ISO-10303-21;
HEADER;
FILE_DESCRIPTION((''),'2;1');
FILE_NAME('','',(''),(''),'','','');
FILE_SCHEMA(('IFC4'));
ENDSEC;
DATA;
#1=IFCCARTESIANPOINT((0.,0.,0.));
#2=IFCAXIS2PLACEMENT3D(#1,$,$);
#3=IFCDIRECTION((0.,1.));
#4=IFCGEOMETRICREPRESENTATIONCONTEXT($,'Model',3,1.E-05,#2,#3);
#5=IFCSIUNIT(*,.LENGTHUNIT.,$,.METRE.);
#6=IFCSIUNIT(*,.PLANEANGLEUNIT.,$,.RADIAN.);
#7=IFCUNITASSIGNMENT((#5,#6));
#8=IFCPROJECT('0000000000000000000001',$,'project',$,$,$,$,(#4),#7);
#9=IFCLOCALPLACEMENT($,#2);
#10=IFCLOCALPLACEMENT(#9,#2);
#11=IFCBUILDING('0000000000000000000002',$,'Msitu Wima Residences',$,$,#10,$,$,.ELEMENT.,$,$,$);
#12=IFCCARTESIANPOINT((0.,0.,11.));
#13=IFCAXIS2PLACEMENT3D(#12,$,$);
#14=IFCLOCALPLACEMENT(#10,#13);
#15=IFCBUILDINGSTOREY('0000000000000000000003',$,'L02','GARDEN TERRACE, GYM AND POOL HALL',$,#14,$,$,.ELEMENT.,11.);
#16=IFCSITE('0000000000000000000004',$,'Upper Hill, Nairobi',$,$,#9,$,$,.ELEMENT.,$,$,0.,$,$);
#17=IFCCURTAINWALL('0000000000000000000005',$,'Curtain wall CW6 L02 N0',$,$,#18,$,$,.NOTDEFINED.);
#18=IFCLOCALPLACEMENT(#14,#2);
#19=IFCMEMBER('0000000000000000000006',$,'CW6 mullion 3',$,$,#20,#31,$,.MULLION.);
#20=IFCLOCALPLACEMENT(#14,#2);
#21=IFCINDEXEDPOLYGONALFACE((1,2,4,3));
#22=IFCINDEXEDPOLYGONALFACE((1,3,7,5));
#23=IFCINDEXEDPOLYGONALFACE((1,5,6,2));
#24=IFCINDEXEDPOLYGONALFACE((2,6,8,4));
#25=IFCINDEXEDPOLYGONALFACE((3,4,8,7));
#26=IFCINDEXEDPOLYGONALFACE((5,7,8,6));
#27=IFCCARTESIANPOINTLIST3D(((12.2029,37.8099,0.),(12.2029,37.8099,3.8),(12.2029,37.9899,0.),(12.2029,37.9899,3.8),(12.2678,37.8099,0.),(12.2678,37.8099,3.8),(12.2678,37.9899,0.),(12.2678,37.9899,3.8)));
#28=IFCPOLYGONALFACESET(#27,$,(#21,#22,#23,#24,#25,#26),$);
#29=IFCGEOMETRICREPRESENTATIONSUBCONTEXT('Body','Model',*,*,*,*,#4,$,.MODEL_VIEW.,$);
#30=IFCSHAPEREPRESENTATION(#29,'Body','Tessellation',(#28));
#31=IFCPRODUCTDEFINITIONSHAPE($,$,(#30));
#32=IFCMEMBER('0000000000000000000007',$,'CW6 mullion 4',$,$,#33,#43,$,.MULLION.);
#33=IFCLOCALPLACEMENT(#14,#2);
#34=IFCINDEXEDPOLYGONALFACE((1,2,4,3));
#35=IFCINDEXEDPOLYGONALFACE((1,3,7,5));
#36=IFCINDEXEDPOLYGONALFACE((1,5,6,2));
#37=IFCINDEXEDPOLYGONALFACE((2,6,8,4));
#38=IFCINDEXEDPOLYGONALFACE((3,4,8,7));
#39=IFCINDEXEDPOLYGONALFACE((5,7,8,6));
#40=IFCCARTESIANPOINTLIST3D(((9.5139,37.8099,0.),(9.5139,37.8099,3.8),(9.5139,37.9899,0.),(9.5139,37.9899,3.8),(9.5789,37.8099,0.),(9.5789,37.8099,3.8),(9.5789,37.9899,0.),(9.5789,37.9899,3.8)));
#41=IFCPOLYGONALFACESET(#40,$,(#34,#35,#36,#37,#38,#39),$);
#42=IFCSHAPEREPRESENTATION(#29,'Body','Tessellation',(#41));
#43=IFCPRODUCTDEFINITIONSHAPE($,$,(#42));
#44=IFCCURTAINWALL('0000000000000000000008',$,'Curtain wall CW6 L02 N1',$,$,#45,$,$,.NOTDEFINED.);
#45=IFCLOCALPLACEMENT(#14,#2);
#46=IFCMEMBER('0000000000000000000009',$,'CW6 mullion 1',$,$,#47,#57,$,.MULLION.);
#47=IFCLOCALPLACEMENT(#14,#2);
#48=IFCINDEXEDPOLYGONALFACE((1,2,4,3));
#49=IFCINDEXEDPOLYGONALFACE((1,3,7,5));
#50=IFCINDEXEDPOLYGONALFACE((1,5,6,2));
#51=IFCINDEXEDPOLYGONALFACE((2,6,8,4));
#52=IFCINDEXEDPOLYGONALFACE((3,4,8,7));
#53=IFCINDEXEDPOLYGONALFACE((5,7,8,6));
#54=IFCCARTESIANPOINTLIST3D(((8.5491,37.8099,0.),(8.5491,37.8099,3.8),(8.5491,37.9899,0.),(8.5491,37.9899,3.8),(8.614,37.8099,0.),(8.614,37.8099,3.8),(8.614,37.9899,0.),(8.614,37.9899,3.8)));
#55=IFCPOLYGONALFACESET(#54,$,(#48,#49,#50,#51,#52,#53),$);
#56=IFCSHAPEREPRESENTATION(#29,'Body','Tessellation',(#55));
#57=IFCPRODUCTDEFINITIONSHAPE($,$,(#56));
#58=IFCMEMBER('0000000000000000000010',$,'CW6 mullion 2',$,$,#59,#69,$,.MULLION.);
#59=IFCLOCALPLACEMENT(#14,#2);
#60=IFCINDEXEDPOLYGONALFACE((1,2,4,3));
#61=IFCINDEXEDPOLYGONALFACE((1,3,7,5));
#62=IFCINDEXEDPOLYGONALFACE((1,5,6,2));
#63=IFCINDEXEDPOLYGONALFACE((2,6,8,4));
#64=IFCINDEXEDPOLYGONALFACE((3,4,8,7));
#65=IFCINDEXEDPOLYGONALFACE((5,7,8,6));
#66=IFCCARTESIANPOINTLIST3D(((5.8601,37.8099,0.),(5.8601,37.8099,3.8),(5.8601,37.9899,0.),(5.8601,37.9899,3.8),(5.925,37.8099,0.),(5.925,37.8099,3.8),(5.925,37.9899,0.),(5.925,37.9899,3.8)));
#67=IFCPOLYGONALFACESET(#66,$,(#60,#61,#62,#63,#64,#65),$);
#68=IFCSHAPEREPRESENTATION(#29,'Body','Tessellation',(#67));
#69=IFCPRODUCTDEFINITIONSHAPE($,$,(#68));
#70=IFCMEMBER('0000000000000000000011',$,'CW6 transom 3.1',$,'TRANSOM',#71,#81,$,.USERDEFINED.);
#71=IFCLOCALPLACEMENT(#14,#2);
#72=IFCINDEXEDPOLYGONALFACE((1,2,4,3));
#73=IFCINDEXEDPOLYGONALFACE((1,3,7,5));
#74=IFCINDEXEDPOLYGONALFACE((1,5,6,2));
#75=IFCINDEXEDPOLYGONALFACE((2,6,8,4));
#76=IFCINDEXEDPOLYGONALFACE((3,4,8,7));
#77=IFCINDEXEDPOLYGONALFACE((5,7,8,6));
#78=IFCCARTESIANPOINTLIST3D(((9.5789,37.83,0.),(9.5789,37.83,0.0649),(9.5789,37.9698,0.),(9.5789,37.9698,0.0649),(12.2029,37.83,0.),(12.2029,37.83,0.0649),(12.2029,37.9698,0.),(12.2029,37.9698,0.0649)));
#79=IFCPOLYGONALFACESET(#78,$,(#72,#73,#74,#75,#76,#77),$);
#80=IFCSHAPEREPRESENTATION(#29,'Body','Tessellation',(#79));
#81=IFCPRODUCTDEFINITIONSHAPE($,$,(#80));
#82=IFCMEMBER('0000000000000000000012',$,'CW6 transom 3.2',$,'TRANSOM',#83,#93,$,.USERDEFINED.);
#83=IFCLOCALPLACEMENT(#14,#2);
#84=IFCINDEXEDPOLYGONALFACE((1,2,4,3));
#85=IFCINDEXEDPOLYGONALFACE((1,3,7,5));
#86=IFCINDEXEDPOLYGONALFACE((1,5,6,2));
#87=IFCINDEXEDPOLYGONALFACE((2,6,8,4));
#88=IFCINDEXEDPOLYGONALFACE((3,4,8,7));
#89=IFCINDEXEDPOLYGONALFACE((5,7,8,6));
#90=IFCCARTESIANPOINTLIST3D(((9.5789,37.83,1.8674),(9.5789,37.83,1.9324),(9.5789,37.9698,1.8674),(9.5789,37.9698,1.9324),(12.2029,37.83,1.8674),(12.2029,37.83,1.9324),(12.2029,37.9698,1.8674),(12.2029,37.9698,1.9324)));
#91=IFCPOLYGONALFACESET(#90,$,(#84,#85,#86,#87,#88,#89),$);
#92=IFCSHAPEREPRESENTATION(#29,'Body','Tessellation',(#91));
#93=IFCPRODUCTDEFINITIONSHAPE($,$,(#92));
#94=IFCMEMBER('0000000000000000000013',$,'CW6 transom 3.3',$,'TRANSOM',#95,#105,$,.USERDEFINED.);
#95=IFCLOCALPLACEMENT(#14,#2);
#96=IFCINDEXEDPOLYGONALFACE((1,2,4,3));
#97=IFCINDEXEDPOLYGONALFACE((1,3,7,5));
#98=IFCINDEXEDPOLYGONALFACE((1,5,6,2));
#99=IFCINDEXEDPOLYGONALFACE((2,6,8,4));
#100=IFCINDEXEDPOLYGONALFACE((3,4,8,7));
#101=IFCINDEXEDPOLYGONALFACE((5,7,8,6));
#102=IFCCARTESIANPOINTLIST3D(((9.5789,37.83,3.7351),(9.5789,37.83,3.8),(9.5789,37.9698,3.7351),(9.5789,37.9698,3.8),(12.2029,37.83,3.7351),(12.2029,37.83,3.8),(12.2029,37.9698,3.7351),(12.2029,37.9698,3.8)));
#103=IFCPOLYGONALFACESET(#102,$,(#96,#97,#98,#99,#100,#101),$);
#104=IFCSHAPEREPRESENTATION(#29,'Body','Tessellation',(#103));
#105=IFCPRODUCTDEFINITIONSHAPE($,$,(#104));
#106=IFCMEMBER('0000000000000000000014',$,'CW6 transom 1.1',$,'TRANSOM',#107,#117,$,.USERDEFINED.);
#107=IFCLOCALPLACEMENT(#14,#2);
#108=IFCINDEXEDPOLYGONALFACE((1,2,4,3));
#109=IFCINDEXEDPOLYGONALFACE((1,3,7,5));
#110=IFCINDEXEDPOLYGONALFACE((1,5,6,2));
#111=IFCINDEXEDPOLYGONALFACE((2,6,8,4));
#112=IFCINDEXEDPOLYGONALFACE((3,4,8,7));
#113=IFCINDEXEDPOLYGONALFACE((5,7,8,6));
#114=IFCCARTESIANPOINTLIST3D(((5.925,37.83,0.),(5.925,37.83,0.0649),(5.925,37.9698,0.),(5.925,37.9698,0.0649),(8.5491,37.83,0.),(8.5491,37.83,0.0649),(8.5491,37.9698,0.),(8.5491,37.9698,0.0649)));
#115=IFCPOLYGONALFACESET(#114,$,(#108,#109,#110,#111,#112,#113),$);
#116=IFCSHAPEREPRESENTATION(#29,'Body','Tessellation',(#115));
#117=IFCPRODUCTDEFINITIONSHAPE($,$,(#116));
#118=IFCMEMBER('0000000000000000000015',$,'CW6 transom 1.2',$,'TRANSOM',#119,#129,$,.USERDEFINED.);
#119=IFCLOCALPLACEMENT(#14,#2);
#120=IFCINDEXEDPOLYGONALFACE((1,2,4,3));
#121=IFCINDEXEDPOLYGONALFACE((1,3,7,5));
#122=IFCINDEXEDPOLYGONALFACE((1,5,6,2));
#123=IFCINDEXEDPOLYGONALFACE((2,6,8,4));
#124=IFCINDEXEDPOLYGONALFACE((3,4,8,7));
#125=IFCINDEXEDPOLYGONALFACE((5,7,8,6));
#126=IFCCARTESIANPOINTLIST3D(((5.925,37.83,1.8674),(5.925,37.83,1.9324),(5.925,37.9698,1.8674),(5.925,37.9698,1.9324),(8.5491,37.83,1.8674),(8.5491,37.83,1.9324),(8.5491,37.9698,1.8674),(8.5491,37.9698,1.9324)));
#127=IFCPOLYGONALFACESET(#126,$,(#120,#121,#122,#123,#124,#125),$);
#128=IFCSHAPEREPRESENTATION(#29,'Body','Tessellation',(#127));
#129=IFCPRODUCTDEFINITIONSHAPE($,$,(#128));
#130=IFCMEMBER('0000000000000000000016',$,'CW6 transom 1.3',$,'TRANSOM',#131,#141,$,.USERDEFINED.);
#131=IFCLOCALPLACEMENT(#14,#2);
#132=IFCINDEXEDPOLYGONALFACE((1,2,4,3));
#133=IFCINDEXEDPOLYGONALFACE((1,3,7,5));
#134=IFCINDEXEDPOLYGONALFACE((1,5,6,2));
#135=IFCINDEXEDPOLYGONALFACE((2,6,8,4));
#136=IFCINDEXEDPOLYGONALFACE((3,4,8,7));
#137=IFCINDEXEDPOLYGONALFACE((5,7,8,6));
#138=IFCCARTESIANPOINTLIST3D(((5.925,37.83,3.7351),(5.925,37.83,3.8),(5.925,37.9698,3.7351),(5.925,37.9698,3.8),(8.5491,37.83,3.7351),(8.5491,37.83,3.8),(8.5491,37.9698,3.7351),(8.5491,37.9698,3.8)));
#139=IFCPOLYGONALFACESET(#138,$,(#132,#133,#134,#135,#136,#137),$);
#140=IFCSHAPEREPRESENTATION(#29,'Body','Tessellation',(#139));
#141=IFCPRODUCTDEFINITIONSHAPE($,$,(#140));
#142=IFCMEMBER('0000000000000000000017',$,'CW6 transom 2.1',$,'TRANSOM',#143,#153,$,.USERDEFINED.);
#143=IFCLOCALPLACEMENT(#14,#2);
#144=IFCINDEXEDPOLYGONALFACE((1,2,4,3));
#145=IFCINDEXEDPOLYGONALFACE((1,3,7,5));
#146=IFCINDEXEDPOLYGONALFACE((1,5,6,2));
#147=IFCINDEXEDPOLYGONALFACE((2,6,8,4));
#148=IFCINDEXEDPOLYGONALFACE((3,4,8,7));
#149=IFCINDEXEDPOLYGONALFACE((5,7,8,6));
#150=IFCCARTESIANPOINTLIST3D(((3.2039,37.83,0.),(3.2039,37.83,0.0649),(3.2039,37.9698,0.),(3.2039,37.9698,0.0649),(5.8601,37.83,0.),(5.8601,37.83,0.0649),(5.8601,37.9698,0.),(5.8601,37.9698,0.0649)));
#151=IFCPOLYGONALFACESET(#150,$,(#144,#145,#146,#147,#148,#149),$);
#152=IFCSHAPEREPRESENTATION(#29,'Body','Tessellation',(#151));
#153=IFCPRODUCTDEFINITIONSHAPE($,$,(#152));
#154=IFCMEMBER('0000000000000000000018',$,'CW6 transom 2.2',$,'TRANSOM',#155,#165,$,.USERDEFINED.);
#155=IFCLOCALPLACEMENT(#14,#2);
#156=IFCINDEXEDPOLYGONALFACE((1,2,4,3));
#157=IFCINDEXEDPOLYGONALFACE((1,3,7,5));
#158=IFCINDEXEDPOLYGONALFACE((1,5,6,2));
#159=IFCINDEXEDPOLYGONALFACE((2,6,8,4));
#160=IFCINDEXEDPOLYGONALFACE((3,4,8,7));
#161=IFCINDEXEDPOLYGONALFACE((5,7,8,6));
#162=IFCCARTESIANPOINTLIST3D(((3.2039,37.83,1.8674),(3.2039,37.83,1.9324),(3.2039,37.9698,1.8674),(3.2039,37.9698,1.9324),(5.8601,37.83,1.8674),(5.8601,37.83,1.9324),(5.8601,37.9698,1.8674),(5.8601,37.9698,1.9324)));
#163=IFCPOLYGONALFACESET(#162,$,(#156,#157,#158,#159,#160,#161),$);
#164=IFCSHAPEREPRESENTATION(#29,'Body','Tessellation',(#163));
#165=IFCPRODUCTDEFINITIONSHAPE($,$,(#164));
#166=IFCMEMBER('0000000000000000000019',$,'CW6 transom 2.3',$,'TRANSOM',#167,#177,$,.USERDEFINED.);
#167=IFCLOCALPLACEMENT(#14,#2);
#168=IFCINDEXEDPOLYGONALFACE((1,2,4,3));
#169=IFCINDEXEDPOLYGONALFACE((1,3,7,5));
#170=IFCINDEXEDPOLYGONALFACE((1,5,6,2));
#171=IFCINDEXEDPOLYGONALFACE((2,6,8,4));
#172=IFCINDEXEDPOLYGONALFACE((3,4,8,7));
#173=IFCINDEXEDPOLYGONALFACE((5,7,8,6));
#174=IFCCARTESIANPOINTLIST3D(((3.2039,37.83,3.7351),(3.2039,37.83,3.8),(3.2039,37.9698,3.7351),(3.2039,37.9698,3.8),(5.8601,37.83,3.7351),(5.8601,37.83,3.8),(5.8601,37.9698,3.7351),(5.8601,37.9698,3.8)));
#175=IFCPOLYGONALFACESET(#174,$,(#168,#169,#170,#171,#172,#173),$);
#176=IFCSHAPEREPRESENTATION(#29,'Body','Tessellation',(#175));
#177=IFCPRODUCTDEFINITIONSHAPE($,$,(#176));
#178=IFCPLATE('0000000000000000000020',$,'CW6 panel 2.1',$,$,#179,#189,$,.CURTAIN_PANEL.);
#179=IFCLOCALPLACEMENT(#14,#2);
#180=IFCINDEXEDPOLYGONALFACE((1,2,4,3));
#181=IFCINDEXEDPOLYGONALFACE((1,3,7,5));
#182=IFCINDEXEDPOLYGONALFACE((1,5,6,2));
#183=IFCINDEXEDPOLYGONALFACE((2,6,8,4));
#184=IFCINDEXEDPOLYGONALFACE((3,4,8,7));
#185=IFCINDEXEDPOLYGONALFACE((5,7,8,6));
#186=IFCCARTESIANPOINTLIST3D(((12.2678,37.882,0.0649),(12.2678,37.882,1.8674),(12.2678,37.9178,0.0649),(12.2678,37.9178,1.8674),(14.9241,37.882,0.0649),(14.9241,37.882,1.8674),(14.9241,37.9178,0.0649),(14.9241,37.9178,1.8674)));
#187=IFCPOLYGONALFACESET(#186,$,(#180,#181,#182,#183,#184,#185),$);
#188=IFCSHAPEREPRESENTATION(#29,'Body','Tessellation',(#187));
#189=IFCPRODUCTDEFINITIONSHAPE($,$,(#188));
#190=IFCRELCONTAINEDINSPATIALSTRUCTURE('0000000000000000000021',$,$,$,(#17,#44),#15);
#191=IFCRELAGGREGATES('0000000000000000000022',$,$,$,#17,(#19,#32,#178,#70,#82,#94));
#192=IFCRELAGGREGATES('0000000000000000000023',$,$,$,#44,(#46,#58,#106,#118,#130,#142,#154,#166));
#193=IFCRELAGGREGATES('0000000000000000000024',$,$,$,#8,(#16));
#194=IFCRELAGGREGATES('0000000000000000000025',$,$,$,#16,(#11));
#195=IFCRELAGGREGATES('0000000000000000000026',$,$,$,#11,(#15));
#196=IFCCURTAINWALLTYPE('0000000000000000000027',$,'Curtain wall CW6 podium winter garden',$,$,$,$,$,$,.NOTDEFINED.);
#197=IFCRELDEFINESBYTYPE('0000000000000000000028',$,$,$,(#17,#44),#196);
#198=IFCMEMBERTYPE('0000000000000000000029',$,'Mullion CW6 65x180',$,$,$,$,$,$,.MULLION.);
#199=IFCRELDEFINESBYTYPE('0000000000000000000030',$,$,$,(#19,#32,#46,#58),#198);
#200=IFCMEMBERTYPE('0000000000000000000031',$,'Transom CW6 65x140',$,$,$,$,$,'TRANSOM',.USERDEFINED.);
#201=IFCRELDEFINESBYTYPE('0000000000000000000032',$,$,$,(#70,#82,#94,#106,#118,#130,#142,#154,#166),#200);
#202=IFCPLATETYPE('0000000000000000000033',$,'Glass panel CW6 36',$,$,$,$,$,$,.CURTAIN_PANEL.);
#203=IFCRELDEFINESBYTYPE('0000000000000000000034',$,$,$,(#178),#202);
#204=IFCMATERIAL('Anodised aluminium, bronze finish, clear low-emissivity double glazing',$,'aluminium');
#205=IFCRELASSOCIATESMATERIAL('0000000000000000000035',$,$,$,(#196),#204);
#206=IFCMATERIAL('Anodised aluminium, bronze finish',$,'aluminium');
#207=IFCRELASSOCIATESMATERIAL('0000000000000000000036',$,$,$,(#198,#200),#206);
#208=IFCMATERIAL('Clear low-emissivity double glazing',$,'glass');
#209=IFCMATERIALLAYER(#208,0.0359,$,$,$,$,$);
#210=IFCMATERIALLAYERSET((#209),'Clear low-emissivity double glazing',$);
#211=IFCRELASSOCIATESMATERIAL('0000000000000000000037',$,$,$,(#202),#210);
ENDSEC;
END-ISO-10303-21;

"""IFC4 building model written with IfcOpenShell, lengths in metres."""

from ifc_helpers import new_model, si_unit, direction, frame, origin, origin_2d, place, context, subcontext, project, spatial, rectangle, extrude, material, layer, layer_set, material_profile, profile_set, type_object, element, aggregate, save


model = new_model("IFC4")

# Units and contexts
model_context = context("Model", 3, precision=1e-05, world=origin(), true_north=direction((0.0, 1.0)))
body_context = subcontext(model_context, "Body", "Model", "MODEL_VIEW")
ifc_project = project(units=[si_unit("LENGTHUNIT", "METRE"), si_unit("PLANEANGLEUNIT", "RADIAN")], contexts=[model_context])

# Site, building, storey
site_placement = place(None, origin())
site = spatial("IfcSite", under=ifc_project, at=site_placement, Name="Upper Hill, Nairobi", CompositionType="ELEMENT", RefElevation=0.0)
building_placement = place(site_placement, origin())
building = spatial("IfcBuilding", under=site, at=building_placement, Name="Msitu Wima Residences", CompositionType="ELEMENT")
storey_placement = place(building_placement, frame((0.0, 0.0, 11.0)))
storey = spatial("IfcBuildingStorey", under=building, at=storey_placement, Name="L02", Description="GARDEN TERRACE, GYM AND POOL HALL", CompositionType="ELEMENT", Elevation=11.0)

# Curtain walls, members
ifc_material_1 = material(Name="Anodised aluminium, bronze finish, clear low-emissivity double glazing", Category="aluminium")
curtain_wall_type = type_object("IfcCurtainWallType", Name="Curtain wall CW6 podium winter garden", PredefinedType="NOTDEFINED", material=ifc_material_1)
curtain_wall_1_placement = place(storey_placement, origin())
curtain_wall_1 = element("IfcCurtainWall", 1, at=curtain_wall_1_placement, inside=storey, type_object=curtain_wall_type, Name="Curtain wall CW6 L02 N0", PredefinedType="NOTDEFINED")
ifc_material_2 = material(Name="Anodised aluminium, bronze finish", Category="aluminium")
ifc_material_profile_1 = material_profile(ifc_material_2, rectangle(XDim=0.1799, YDim=0.0649, at=origin_2d()), Name="Mullion 65x180")
ifc_profile_set_1 = profile_set([ifc_material_profile_1], Name="Anodised aluminium, bronze finish")
member_type_1 = type_object("IfcMemberType", Name="Mullion CW6 65x180", PredefinedType="MULLION", material=ifc_profile_set_1)
member_1_placement = place(storey_placement, frame((12.2354, 37.8999, 0.0), z_axis=(0.0, 0.0, 1.0), x_axis=(0.0, -1.0, 0.0)))
member_1 = element("IfcMember", 2, at=member_1_placement, type_object=member_type_1, Name="CW6 mullion 3", PredefinedType="MULLION", context=body_context, shape_type="SweptSolid", body=[
    extrude(rectangle(XDim=0.1799, YDim=0.0649, at=origin_2d()), origin(), (0.0, 0.0, 1.0), 3.8),
])
member_2_placement = place(storey_placement, frame((9.5464, 37.8999, 0.0), z_axis=(0.0, 0.0, 1.0), x_axis=(0.0, -1.0, 0.0)))
member_2 = element("IfcMember", 3, at=member_2_placement, type_object=member_type_1, Name="CW6 mullion 4", PredefinedType="MULLION", context=body_context, shape_type="SweptSolid", body=[
    extrude(rectangle(XDim=0.1799, YDim=0.0649, at=origin_2d()), origin(), (0.0, 0.0, 1.0), 3.8),
])
curtain_wall_2_placement = place(storey_placement, origin())
curtain_wall_2 = element("IfcCurtainWall", 4, at=curtain_wall_2_placement, inside=storey, type_object=curtain_wall_type, Name="Curtain wall CW6 L02 N1", PredefinedType="NOTDEFINED")
member_3_placement = place(storey_placement, frame((8.5815, 37.8999, 0.0), z_axis=(0.0, 0.0, 1.0), x_axis=(0.0, -1.0, 0.0)))
member_3 = element("IfcMember", 5, at=member_3_placement, type_object=member_type_1, Name="CW6 mullion 1", PredefinedType="MULLION", context=body_context, shape_type="SweptSolid", body=[
    extrude(rectangle(XDim=0.1799, YDim=0.0649, at=origin_2d()), origin(), (0.0, 0.0, 1.0), 3.8),
])
member_4_placement = place(storey_placement, frame((5.8926, 37.8999, 0.0), z_axis=(0.0, 0.0, 1.0), x_axis=(0.0, -1.0, 0.0)))
member_4 = element("IfcMember", 6, at=member_4_placement, type_object=member_type_1, Name="CW6 mullion 2", PredefinedType="MULLION", context=body_context, shape_type="SweptSolid", body=[
    extrude(rectangle(XDim=0.1799, YDim=0.0649, at=origin_2d()), origin(), (0.0, 0.0, 1.0), 3.8),
])

# Members
ifc_material_profile_2 = material_profile(ifc_material_2, rectangle(XDim=0.1399, YDim=0.0649, at=origin_2d()), Name="Transom 65x140")
ifc_profile_set_2 = profile_set([ifc_material_profile_2], Name="Anodised aluminium, bronze finish")
member_type_2 = type_object("IfcMemberType", Name="Transom CW6 65x140", ElementType="TRANSOM", PredefinedType="USERDEFINED", material=ifc_profile_set_2)
member_5_placement = place(storey_placement, frame((12.2029, 37.8999, 0.0325), z_axis=(-1.0, 0.0, 0.0), x_axis=(0.0, -1.0, 0.0)))
member_5 = element("IfcMember", 7, at=member_5_placement, type_object=member_type_2, Name="CW6 transom 3.1", ObjectType="TRANSOM", PredefinedType="USERDEFINED", context=body_context, shape_type="SweptSolid", body=[
    extrude(rectangle(XDim=0.1399, YDim=0.0649, at=origin_2d()), origin(), (0.0, 0.0, 1.0), 2.624),
])
member_6_placement = place(storey_placement, frame((12.2029, 37.8999, 1.8999), z_axis=(-1.0, 0.0, 0.0), x_axis=(0.0, -1.0, 0.0)))
member_6 = element("IfcMember", 8, at=member_6_placement, type_object=member_type_2, Name="CW6 transom 3.2", ObjectType="TRANSOM", PredefinedType="USERDEFINED", context=body_context, shape_type="SweptSolid", body=[
    extrude(rectangle(XDim=0.1399, YDim=0.0649, at=origin_2d()), origin(), (0.0, 0.0, 1.0), 2.624),
])
member_7_placement = place(storey_placement, frame((12.2029, 37.8999, 3.7676), z_axis=(-1.0, 0.0, 0.0), x_axis=(0.0, -1.0, 0.0)))
member_7 = element("IfcMember", 9, at=member_7_placement, type_object=member_type_2, Name="CW6 transom 3.3", ObjectType="TRANSOM", PredefinedType="USERDEFINED", context=body_context, shape_type="SweptSolid", body=[
    extrude(rectangle(XDim=0.1399, YDim=0.0649, at=origin_2d()), origin(), (0.0, 0.0, 1.0), 2.624),
])
member_8_placement = place(storey_placement, frame((8.5491, 37.8999, 0.0325), z_axis=(-1.0, 0.0, 0.0), x_axis=(0.0, -1.0, 0.0)))
member_8 = element("IfcMember", 10, at=member_8_placement, type_object=member_type_2, Name="CW6 transom 1.1", ObjectType="TRANSOM", PredefinedType="USERDEFINED", context=body_context, shape_type="SweptSolid", body=[
    extrude(rectangle(XDim=0.1399, YDim=0.0649, at=origin_2d()), origin(), (0.0, 0.0, 1.0), 2.624),
])
member_9_placement = place(storey_placement, frame((8.5491, 37.8999, 1.8999), z_axis=(-1.0, 0.0, 0.0), x_axis=(0.0, -1.0, 0.0)))
member_9 = element("IfcMember", 11, at=member_9_placement, type_object=member_type_2, Name="CW6 transom 1.2", ObjectType="TRANSOM", PredefinedType="USERDEFINED", context=body_context, shape_type="SweptSolid", body=[
    extrude(rectangle(XDim=0.1399, YDim=0.0649, at=origin_2d()), origin(), (0.0, 0.0, 1.0), 2.624),
])
member_10_placement = place(storey_placement, frame((8.5491, 37.8999, 3.7676), z_axis=(-1.0, 0.0, 0.0), x_axis=(0.0, -1.0, 0.0)))
member_10 = element("IfcMember", 12, at=member_10_placement, type_object=member_type_2, Name="CW6 transom 1.3", ObjectType="TRANSOM", PredefinedType="USERDEFINED", context=body_context, shape_type="SweptSolid", body=[
    extrude(rectangle(XDim=0.1399, YDim=0.0649, at=origin_2d()), origin(), (0.0, 0.0, 1.0), 2.624),
])
member_11_placement = place(storey_placement, frame((5.8601, 37.8999, 0.0325), z_axis=(-1.0, 0.0, 0.0), x_axis=(0.0, -1.0, 0.0)))
member_11 = element("IfcMember", 13, at=member_11_placement, type_object=member_type_2, Name="CW6 transom 2.1", ObjectType="TRANSOM", PredefinedType="USERDEFINED", context=body_context, shape_type="SweptSolid", body=[
    extrude(rectangle(XDim=0.1399, YDim=0.0649, at=origin_2d()), origin(), (0.0, 0.0, 1.0), 2.6562),
])
member_12_placement = place(storey_placement, frame((5.8601, 37.8999, 1.8999), z_axis=(-1.0, 0.0, 0.0), x_axis=(0.0, -1.0, 0.0)))
member_12 = element("IfcMember", 14, at=member_12_placement, type_object=member_type_2, Name="CW6 transom 2.2", ObjectType="TRANSOM", PredefinedType="USERDEFINED", context=body_context, shape_type="SweptSolid", body=[
    extrude(rectangle(XDim=0.1399, YDim=0.0649, at=origin_2d()), origin(), (0.0, 0.0, 1.0), 2.6562),
])
member_13_placement = place(storey_placement, frame((5.8601, 37.8999, 3.7676), z_axis=(-1.0, 0.0, 0.0), x_axis=(0.0, -1.0, 0.0)))
member_13 = element("IfcMember", 15, at=member_13_placement, type_object=member_type_2, Name="CW6 transom 2.3", ObjectType="TRANSOM", PredefinedType="USERDEFINED", context=body_context, shape_type="SweptSolid", body=[
    extrude(rectangle(XDim=0.1399, YDim=0.0649, at=origin_2d()), origin(), (0.0, 0.0, 1.0), 2.6562),
])

# Plate
ifc_material_3 = material(Name="Clear low-emissivity double glazing", Category="glass")
ifc_layer_1 = layer(ifc_material_3, 0.0359)
ifc_layer_set_1 = layer_set([ifc_layer_1], Name="Clear low-emissivity double glazing")
plate_type = type_object("IfcPlateType", Name="Glass panel CW6 36", PredefinedType="CURTAIN_PANEL", material=ifc_layer_set_1)
plate_1_placement = place(storey_placement, frame((13.5959, 37.8999, 0.0649), z_axis=(0.0, 0.0, 1.0), x_axis=(-1.0, 0.0, 0.0)))
plate_1 = element("IfcPlate", 16, at=plate_1_placement, type_object=plate_type, Name="CW6 panel 2.1", PredefinedType="CURTAIN_PANEL", context=body_context, shape_type="SweptSolid", body=[
    extrude(rectangle(XDim=2.6562, YDim=0.0359, at=origin_2d()), origin(), (0.0, 0.0, 1.0), 1.8025),
])
aggregate(curtain_wall_1, [member_1, member_2, plate_1, member_5, member_6, member_7])
aggregate(curtain_wall_2, [member_3, member_4, member_8, member_9, member_10, member_11, member_12, member_13])

save(model, "model.ifc")
